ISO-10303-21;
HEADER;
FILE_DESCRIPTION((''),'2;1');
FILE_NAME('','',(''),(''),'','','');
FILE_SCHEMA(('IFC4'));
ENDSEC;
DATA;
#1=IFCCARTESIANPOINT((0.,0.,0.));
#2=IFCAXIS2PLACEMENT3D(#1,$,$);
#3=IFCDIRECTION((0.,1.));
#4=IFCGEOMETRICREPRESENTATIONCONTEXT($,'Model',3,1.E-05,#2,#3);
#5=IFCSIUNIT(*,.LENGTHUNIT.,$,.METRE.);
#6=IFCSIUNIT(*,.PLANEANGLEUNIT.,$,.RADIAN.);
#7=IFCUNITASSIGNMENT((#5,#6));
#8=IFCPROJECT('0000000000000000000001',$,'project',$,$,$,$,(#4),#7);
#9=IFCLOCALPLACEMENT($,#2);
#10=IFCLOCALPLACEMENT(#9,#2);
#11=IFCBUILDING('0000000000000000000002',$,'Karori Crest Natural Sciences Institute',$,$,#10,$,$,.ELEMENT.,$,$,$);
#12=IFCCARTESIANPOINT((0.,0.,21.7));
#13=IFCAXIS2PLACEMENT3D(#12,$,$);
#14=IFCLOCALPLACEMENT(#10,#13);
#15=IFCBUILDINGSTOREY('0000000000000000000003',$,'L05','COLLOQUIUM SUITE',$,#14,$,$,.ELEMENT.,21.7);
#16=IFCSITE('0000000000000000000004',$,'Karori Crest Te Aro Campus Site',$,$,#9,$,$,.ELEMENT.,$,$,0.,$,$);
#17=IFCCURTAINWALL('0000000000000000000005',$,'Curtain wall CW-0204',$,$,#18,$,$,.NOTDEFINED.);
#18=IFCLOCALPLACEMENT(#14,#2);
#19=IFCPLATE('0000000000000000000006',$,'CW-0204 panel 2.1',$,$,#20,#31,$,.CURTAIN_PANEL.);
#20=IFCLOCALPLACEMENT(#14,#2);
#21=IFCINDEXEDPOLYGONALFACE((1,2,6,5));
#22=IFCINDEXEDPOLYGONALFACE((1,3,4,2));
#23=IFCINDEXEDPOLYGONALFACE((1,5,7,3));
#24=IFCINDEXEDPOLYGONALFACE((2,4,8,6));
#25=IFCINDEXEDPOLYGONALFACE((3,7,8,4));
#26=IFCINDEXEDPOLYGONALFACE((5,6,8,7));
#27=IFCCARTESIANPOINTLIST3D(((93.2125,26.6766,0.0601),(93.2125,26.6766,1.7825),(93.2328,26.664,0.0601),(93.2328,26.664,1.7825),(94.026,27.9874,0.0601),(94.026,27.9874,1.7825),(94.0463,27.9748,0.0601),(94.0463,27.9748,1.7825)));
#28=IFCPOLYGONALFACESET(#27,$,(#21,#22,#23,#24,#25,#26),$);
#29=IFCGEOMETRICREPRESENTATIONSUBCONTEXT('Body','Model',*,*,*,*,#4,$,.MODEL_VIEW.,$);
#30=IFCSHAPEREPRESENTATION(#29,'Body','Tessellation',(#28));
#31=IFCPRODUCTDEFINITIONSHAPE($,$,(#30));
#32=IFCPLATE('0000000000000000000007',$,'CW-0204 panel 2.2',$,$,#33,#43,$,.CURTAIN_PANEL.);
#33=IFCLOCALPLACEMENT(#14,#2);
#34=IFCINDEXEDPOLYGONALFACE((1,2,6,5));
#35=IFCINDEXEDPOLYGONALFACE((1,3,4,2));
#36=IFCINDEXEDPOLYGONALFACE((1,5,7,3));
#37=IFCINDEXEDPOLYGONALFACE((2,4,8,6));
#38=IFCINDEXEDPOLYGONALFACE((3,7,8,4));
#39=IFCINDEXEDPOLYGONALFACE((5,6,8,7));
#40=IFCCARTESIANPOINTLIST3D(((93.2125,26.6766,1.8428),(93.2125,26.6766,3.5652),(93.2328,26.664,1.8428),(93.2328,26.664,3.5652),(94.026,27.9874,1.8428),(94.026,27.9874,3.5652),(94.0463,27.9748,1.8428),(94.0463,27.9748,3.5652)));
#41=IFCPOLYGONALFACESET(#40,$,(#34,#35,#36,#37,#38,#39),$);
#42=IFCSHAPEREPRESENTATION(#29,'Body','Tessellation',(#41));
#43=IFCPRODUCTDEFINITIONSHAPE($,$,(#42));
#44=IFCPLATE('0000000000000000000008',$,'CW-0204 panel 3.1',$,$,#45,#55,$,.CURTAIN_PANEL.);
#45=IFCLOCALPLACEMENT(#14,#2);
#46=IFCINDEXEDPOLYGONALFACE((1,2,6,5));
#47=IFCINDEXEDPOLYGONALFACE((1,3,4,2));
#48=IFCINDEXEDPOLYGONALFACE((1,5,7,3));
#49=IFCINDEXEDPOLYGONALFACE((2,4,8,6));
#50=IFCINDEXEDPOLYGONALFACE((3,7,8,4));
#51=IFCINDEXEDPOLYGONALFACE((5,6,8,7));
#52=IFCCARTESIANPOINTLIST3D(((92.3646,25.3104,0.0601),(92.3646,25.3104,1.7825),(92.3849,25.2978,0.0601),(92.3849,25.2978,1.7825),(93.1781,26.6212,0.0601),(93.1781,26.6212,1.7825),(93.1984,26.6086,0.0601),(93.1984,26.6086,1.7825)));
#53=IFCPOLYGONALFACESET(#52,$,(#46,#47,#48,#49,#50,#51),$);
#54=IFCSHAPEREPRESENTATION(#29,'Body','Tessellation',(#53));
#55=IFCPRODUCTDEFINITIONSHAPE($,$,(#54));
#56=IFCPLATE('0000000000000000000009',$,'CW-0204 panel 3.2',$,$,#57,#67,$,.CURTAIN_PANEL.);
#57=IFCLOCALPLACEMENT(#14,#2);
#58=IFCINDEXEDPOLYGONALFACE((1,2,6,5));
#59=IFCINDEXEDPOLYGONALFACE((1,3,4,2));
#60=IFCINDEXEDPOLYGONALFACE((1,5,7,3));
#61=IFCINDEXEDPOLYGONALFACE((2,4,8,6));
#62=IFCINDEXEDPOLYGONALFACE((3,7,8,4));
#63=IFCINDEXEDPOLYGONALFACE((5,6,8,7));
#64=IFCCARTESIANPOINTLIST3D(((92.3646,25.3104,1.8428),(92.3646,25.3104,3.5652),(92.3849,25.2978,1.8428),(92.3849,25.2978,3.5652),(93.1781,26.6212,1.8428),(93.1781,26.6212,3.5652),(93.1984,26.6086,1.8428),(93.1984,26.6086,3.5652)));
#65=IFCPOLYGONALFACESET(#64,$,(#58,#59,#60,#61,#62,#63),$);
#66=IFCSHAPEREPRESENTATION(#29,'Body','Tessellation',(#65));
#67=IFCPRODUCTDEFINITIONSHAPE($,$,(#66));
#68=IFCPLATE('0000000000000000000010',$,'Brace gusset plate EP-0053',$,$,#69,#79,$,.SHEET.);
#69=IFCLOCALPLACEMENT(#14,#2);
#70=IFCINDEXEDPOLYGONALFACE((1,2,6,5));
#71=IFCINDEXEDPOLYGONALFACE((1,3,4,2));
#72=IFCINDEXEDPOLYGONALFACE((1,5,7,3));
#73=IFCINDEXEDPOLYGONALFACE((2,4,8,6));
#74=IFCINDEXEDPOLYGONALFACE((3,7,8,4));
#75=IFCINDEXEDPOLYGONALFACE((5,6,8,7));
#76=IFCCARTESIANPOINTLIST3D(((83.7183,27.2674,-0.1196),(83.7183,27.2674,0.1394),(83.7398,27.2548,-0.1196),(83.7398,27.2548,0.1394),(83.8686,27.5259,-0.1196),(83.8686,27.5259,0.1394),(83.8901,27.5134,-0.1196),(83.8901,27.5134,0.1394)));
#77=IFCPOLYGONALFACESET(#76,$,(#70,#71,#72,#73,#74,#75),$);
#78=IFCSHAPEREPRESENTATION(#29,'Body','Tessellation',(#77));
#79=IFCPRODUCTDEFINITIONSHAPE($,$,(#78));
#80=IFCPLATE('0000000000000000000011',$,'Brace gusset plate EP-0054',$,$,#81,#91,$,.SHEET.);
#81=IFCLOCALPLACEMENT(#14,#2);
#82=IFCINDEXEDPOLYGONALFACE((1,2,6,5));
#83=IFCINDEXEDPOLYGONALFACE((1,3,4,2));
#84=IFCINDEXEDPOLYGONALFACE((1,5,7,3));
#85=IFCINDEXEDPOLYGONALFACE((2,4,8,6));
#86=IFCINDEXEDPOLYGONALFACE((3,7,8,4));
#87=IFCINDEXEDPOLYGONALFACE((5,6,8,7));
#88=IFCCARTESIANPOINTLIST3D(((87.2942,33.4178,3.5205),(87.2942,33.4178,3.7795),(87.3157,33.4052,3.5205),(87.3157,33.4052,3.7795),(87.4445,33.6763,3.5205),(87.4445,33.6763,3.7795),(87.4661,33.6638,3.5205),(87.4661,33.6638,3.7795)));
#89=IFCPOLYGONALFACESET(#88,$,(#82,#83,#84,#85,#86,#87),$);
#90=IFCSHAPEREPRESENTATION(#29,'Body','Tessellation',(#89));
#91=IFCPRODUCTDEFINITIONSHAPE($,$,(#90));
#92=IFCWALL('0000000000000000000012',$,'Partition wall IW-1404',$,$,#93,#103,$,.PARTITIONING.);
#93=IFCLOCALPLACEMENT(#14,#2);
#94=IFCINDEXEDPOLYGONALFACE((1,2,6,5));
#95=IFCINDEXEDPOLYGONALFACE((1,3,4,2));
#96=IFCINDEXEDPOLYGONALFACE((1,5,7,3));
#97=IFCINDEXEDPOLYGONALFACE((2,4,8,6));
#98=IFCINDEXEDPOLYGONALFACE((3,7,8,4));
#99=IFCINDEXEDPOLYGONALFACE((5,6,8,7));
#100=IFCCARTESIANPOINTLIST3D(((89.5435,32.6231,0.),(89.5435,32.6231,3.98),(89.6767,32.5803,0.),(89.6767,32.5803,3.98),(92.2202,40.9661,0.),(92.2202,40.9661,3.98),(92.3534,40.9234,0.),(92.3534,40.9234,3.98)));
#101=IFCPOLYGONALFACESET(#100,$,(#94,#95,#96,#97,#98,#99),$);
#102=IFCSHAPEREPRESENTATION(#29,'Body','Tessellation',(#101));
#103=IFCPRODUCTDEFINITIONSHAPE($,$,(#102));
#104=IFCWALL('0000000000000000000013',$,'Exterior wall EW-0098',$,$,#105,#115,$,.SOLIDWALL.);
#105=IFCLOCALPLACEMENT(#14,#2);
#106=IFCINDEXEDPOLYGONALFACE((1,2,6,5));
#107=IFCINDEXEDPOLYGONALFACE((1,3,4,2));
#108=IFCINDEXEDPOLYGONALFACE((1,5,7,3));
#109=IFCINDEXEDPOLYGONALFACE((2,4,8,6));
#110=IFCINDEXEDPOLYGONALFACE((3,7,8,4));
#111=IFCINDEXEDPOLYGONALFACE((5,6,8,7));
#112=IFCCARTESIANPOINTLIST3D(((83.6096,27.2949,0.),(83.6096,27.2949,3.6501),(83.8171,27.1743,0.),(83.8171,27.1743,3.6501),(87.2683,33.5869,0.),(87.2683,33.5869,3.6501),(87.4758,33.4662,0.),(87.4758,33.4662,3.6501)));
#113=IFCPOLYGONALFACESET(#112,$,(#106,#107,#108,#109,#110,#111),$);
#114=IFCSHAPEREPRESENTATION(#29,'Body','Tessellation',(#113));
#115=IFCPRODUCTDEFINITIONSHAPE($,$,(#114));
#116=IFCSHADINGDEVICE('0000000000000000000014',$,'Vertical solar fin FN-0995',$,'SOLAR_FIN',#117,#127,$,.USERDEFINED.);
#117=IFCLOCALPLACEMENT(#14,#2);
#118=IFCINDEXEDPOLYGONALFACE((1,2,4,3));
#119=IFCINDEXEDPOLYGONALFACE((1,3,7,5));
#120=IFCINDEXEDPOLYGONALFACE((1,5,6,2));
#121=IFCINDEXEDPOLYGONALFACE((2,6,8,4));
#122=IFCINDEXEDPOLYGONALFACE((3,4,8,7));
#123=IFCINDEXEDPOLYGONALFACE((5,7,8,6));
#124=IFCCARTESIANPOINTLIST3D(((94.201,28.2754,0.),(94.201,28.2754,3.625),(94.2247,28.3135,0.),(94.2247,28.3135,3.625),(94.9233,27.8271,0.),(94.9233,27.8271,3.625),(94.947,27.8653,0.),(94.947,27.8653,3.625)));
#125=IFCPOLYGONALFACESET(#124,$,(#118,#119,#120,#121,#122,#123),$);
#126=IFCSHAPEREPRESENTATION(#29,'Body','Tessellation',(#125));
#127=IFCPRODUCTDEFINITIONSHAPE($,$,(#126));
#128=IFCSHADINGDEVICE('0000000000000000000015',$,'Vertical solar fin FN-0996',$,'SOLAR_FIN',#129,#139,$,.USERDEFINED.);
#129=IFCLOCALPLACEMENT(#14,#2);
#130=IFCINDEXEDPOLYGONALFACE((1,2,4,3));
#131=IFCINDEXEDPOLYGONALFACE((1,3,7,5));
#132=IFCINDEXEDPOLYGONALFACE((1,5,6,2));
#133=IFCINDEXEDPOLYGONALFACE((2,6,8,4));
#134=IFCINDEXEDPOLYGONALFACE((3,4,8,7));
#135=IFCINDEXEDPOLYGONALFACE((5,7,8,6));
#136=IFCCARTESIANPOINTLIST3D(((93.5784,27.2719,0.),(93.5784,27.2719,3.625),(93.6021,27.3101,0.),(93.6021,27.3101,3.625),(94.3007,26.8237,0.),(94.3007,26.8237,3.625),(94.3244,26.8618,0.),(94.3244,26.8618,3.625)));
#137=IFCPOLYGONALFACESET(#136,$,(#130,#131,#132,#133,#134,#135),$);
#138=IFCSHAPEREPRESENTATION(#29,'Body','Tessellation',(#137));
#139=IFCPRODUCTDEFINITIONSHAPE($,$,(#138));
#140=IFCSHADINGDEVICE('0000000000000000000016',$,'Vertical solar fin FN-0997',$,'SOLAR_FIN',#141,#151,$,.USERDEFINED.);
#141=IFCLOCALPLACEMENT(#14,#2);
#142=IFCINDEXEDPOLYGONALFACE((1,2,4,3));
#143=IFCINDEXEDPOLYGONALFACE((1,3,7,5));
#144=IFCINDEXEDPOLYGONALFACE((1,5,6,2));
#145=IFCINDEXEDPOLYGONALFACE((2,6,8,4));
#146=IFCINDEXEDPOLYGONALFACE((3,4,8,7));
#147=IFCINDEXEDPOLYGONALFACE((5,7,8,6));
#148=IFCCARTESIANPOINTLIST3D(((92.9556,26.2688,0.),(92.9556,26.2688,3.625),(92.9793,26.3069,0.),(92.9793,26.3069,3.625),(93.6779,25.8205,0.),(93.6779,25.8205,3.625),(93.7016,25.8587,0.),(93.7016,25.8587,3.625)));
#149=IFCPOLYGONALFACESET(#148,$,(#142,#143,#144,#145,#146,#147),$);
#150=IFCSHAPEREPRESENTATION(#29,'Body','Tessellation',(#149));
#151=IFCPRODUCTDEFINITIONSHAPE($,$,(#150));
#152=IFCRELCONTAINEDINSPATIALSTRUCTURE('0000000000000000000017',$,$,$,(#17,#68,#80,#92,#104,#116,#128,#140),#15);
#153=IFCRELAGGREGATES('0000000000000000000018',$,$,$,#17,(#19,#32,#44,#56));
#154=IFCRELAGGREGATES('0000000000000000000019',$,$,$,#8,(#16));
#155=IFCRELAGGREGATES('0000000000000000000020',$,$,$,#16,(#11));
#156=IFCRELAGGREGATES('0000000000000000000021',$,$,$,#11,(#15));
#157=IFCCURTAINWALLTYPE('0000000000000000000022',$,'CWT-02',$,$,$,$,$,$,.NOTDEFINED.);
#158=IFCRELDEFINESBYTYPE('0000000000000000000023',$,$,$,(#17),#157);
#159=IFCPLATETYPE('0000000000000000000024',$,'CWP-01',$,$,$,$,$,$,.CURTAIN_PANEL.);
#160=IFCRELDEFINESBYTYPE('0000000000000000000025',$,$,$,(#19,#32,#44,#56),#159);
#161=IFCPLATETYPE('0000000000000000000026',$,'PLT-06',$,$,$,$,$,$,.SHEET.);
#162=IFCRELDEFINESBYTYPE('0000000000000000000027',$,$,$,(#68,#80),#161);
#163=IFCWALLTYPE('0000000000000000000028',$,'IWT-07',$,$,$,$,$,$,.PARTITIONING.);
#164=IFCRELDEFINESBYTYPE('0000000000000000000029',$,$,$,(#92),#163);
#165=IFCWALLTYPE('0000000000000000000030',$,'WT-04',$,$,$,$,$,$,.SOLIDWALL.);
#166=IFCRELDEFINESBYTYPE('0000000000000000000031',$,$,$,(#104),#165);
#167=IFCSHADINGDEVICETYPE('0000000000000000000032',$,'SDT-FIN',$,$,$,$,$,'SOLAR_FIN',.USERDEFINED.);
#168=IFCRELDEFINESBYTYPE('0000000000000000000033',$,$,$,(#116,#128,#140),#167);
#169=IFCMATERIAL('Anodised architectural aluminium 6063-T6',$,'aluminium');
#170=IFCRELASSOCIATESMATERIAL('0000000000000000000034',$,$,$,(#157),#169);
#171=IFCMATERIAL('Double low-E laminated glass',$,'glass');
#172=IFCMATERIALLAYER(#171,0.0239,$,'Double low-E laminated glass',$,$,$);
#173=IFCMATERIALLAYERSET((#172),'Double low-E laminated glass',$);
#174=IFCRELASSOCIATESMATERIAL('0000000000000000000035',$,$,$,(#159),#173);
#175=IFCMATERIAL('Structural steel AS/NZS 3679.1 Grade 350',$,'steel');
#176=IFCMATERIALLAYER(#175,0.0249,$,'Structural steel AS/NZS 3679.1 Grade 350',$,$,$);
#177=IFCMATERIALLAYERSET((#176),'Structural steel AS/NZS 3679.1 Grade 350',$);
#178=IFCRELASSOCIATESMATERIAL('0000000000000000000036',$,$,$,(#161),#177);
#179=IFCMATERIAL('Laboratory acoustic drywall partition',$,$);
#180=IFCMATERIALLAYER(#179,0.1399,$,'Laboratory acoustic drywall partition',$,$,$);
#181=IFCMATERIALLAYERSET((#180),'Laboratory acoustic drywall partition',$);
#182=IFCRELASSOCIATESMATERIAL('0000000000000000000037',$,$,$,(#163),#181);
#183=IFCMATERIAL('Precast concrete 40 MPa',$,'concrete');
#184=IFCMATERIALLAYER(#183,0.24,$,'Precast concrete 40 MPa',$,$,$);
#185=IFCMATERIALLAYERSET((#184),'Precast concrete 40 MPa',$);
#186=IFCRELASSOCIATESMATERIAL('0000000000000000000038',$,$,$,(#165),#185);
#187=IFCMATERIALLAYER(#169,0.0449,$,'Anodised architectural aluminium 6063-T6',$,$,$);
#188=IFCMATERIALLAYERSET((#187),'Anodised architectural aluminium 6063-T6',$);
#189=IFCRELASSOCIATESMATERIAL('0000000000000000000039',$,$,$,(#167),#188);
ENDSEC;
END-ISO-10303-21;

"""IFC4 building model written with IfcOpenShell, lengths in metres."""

from ifc_helpers import new_model, si_unit, direction, frame, frame_2d, origin, origin_2d, place, context, subcontext, project, spatial, rectangle, extrude, material, layer, layer_set, type_object, element, aggregate, save


model = new_model("IFC4")

# Units and contexts
model_context = context("Model", 3, precision=1e-05, world=origin(), true_north=direction((0.0, 1.0)))
body_context = subcontext(model_context, "Body", "Model", "MODEL_VIEW")
ifc_project = project(units=[si_unit("LENGTHUNIT", "METRE"), si_unit("PLANEANGLEUNIT", "RADIAN")], contexts=[model_context])

# Site, building, storey
site_placement = place(None, origin())
site = spatial("IfcSite", under=ifc_project, at=site_placement, Name="Karori Crest Te Aro Campus Site", CompositionType="ELEMENT", RefElevation=0.0)
building_placement = place(site_placement, origin())
building = spatial("IfcBuilding", under=site, at=building_placement, Name="Karori Crest Natural Sciences Institute", CompositionType="ELEMENT")
storey_placement = place(building_placement, frame((0.0, 0.0, 21.7)))
storey = spatial("IfcBuildingStorey", under=building, at=storey_placement, Name="L05", Description="COLLOQUIUM SUITE", CompositionType="ELEMENT", Elevation=21.7)

# Shared definitions
ifc_material_1 = material(Name="Structural steel AS/NZS 3679.1 Grade 350", Category="steel")

# Shared definitions
ifc_material_2 = material(Name="Anodised architectural aluminium 6063-T6", Category="aluminium")

# Curtain wall
curtain_wall_type_1 = type_object("IfcCurtainWallType", Name="CWT-02", PredefinedType="NOTDEFINED", material=ifc_material_2)
curtain_wall_1_placement = place(storey_placement, origin())
curtain_wall_1 = element("IfcCurtainWall", 1, at=curtain_wall_1_placement, inside=storey, type_object=curtain_wall_type_1, Name="Curtain wall CW-0204", PredefinedType="NOTDEFINED")

# Plates
ifc_material_3 = material(Name="Double low-E laminated glass", Category="glass")
ifc_layer_1 = layer(ifc_material_3, 0.0239, Name="Double low-E laminated glass")
ifc_layer_set_1 = layer_set([ifc_layer_1], Name="Double low-E laminated glass")
plate_type_1 = type_object("IfcPlateType", Name="CWP-01", PredefinedType="CURTAIN_PANEL", material=ifc_layer_set_1)
plate_1_placement = place(storey_placement, frame((93.6294, 27.3257, 0.0601), z_axis=(0.0, 0.0, 1.0), x_axis=(-0.527324, -0.849664, 0.0)))
plate_1 = element("IfcPlate", 2, at=plate_1_placement, type_object=plate_type_1, Name="CW-0204 panel 2.1", PredefinedType="CURTAIN_PANEL", context=body_context, shape_type="SweptSolid", body=[
    extrude(rectangle(XDim=1.5427, YDim=0.0239, at=origin_2d()), origin(), (0.0, 0.0, 1.0), 1.7224),
])
plate_2_placement = place(storey_placement, frame((93.6294, 27.3257, 1.8428), z_axis=(0.0, 0.0, 1.0), x_axis=(-0.527324, -0.849664, 0.0)))
plate_2 = element("IfcPlate", 3, at=plate_2_placement, type_object=plate_type_1, Name="CW-0204 panel 2.2", PredefinedType="CURTAIN_PANEL", context=body_context, shape_type="SweptSolid", body=[
    extrude(rectangle(XDim=1.5427, YDim=0.0239, at=origin_2d()), origin(), (0.0, 0.0, 1.0), 1.7224),
])
plate_3_placement = place(storey_placement, frame((92.7815, 25.9595, 0.0601), z_axis=(0.0, 0.0, 1.0), x_axis=(-0.527324, -0.849664, 0.0)))
plate_3 = element("IfcPlate", 4, at=plate_3_placement, type_object=plate_type_1, Name="CW-0204 panel 3.1", PredefinedType="CURTAIN_PANEL", context=body_context, shape_type="SweptSolid", body=[
    extrude(rectangle(XDim=1.5427, YDim=0.0239, at=origin_2d()), origin(), (0.0, 0.0, 1.0), 1.7224),
])
plate_4_placement = place(storey_placement, frame((92.7815, 25.9595, 1.8428), z_axis=(0.0, 0.0, 1.0), x_axis=(-0.527324, -0.849664, 0.0)))
plate_4 = element("IfcPlate", 5, at=plate_4_placement, type_object=plate_type_1, Name="CW-0204 panel 3.2", PredefinedType="CURTAIN_PANEL", context=body_context, shape_type="SweptSolid", body=[
    extrude(rectangle(XDim=1.5427, YDim=0.0239, at=origin_2d()), origin(), (0.0, 0.0, 1.0), 1.7224),
])
aggregate(curtain_wall_1, [plate_1, plate_2, plate_3, plate_4])

# Plates
ifc_layer_2 = layer(ifc_material_1, 0.0249, Name="Structural steel AS/NZS 3679.1 Grade 350")
ifc_layer_set_2 = layer_set([ifc_layer_2], Name="Structural steel AS/NZS 3679.1 Grade 350")
plate_type_2 = type_object("IfcPlateType", Name="PLT-06", PredefinedType="SHEET", material=ifc_layer_set_2)
for number, where, z_axis, x_axis, name in (
    (6, (83.8042, 27.3904, -0.1196), (0.0, 0.0, 1.0), (0.502652, 0.864489, 0.0), "Brace gusset plate EP-0053"),
    (7, (87.3801, 33.5408, 3.5205), (0.0, 0.0, 1.0), (0.502652, 0.864489, 0.0), "Brace gusset plate EP-0054"),
):
    element("IfcPlate", number, at=place(storey_placement, frame(where, z_axis=z_axis, x_axis=x_axis)), inside=storey, type_object=plate_type_2, Name=name, PredefinedType="SHEET", context=body_context, shape_type="SweptSolid", body=[
        extrude(rectangle(XDim=0.2991, YDim=0.0249, at=origin_2d()), origin(), (0.0, 0.0, 1.0), 0.259),
    ])

# Walls
ifc_material_4 = material(Name="Laboratory acoustic drywall partition")
ifc_layer_3 = layer(ifc_material_4, 0.1399, Name="Laboratory acoustic drywall partition")
ifc_layer_set_3 = layer_set([ifc_layer_3], Name="Laboratory acoustic drywall partition")
wall_type_1 = type_object("IfcWallType", Name="IWT-07", PredefinedType="PARTITIONING", material=ifc_layer_set_3)
wall_1_placement = place(storey_placement, frame((89.6101, 32.6018, 0.0), z_axis=(0.0, 0.0, 1.0), x_axis=(0.3055, 0.952192, 0.0)))
element("IfcWall", 8, at=wall_1_placement, inside=storey, type_object=wall_type_1, Name="Partition wall IW-1404", PredefinedType="PARTITIONING", context=body_context, shape_type="SweptSolid", body=[
    extrude(rectangle(XDim=8.762, YDim=0.1399, at=frame_2d((4.3809, 0.0))), origin(), (0.0, 0.0, 1.0), 3.98),
])
ifc_material_5 = material(Name="Precast concrete 40 MPa", Category="concrete")
ifc_layer_4 = layer(ifc_material_5, 0.24, Name="Precast concrete 40 MPa")
ifc_layer_set_4 = layer_set([ifc_layer_4], Name="Precast concrete 40 MPa")
wall_type_2 = type_object("IfcWallType", Name="WT-04", PredefinedType="SOLIDWALL", material=ifc_layer_set_4)
wall_2_placement = place(storey_placement, frame((83.7134, 27.2346, 0.0), z_axis=(0.0, 0.0, 1.0), x_axis=(0.502678, 0.864474, 0.0)))
element("IfcWall", 9, at=wall_2_placement, inside=storey, type_object=wall_type_2, Name="Exterior wall EW-0098", PredefinedType="SOLIDWALL", context=body_context, shape_type="SweptSolid", body=[
    extrude(rectangle(XDim=7.2783, YDim=0.24, at=frame_2d((3.6392, 0.0))), origin(), (0.0, 0.0, 1.0), 3.6501),
])

# Shading devices
ifc_layer_5 = layer(ifc_material_2, 0.0449, Name="Anodised architectural aluminium 6063-T6")
ifc_layer_set_5 = layer_set([ifc_layer_5], Name="Anodised architectural aluminium 6063-T6")
shading_device_type = type_object("IfcShadingDeviceType", Name="SDT-FIN", ElementType="SOLAR_FIN", PredefinedType="USERDEFINED", material=ifc_layer_set_5)
for number, where, z_axis, x_axis, name in (
    (10, (94.574, 28.0703, 0.0), (0.0, 0.0, 1.0), (0.849665, -0.527324, 0.0), "Vertical solar fin FN-0995"),
    (11, (93.9514, 27.0669, 0.0), (0.0, 0.0, 1.0), (0.849665, -0.527324, 0.0), "Vertical solar fin FN-0996"),
    (12, (93.3286, 26.0637, 0.0), (0.0, 0.0, 1.0), (0.849665, -0.527324, 0.0), "Vertical solar fin FN-0997"),
):
    element("IfcShadingDevice", number, at=place(storey_placement, frame(where, z_axis=z_axis, x_axis=x_axis)), inside=storey, type_object=shading_device_type, Name=name, ObjectType="SOLAR_FIN", PredefinedType="USERDEFINED", context=body_context, shape_type="SweptSolid", body=[
        extrude(rectangle(XDim=0.8501, YDim=0.0449, at=origin_2d()), origin(), (0.0, 0.0, 1.0), 3.625),
    ])

save(model, "model.ifc")
